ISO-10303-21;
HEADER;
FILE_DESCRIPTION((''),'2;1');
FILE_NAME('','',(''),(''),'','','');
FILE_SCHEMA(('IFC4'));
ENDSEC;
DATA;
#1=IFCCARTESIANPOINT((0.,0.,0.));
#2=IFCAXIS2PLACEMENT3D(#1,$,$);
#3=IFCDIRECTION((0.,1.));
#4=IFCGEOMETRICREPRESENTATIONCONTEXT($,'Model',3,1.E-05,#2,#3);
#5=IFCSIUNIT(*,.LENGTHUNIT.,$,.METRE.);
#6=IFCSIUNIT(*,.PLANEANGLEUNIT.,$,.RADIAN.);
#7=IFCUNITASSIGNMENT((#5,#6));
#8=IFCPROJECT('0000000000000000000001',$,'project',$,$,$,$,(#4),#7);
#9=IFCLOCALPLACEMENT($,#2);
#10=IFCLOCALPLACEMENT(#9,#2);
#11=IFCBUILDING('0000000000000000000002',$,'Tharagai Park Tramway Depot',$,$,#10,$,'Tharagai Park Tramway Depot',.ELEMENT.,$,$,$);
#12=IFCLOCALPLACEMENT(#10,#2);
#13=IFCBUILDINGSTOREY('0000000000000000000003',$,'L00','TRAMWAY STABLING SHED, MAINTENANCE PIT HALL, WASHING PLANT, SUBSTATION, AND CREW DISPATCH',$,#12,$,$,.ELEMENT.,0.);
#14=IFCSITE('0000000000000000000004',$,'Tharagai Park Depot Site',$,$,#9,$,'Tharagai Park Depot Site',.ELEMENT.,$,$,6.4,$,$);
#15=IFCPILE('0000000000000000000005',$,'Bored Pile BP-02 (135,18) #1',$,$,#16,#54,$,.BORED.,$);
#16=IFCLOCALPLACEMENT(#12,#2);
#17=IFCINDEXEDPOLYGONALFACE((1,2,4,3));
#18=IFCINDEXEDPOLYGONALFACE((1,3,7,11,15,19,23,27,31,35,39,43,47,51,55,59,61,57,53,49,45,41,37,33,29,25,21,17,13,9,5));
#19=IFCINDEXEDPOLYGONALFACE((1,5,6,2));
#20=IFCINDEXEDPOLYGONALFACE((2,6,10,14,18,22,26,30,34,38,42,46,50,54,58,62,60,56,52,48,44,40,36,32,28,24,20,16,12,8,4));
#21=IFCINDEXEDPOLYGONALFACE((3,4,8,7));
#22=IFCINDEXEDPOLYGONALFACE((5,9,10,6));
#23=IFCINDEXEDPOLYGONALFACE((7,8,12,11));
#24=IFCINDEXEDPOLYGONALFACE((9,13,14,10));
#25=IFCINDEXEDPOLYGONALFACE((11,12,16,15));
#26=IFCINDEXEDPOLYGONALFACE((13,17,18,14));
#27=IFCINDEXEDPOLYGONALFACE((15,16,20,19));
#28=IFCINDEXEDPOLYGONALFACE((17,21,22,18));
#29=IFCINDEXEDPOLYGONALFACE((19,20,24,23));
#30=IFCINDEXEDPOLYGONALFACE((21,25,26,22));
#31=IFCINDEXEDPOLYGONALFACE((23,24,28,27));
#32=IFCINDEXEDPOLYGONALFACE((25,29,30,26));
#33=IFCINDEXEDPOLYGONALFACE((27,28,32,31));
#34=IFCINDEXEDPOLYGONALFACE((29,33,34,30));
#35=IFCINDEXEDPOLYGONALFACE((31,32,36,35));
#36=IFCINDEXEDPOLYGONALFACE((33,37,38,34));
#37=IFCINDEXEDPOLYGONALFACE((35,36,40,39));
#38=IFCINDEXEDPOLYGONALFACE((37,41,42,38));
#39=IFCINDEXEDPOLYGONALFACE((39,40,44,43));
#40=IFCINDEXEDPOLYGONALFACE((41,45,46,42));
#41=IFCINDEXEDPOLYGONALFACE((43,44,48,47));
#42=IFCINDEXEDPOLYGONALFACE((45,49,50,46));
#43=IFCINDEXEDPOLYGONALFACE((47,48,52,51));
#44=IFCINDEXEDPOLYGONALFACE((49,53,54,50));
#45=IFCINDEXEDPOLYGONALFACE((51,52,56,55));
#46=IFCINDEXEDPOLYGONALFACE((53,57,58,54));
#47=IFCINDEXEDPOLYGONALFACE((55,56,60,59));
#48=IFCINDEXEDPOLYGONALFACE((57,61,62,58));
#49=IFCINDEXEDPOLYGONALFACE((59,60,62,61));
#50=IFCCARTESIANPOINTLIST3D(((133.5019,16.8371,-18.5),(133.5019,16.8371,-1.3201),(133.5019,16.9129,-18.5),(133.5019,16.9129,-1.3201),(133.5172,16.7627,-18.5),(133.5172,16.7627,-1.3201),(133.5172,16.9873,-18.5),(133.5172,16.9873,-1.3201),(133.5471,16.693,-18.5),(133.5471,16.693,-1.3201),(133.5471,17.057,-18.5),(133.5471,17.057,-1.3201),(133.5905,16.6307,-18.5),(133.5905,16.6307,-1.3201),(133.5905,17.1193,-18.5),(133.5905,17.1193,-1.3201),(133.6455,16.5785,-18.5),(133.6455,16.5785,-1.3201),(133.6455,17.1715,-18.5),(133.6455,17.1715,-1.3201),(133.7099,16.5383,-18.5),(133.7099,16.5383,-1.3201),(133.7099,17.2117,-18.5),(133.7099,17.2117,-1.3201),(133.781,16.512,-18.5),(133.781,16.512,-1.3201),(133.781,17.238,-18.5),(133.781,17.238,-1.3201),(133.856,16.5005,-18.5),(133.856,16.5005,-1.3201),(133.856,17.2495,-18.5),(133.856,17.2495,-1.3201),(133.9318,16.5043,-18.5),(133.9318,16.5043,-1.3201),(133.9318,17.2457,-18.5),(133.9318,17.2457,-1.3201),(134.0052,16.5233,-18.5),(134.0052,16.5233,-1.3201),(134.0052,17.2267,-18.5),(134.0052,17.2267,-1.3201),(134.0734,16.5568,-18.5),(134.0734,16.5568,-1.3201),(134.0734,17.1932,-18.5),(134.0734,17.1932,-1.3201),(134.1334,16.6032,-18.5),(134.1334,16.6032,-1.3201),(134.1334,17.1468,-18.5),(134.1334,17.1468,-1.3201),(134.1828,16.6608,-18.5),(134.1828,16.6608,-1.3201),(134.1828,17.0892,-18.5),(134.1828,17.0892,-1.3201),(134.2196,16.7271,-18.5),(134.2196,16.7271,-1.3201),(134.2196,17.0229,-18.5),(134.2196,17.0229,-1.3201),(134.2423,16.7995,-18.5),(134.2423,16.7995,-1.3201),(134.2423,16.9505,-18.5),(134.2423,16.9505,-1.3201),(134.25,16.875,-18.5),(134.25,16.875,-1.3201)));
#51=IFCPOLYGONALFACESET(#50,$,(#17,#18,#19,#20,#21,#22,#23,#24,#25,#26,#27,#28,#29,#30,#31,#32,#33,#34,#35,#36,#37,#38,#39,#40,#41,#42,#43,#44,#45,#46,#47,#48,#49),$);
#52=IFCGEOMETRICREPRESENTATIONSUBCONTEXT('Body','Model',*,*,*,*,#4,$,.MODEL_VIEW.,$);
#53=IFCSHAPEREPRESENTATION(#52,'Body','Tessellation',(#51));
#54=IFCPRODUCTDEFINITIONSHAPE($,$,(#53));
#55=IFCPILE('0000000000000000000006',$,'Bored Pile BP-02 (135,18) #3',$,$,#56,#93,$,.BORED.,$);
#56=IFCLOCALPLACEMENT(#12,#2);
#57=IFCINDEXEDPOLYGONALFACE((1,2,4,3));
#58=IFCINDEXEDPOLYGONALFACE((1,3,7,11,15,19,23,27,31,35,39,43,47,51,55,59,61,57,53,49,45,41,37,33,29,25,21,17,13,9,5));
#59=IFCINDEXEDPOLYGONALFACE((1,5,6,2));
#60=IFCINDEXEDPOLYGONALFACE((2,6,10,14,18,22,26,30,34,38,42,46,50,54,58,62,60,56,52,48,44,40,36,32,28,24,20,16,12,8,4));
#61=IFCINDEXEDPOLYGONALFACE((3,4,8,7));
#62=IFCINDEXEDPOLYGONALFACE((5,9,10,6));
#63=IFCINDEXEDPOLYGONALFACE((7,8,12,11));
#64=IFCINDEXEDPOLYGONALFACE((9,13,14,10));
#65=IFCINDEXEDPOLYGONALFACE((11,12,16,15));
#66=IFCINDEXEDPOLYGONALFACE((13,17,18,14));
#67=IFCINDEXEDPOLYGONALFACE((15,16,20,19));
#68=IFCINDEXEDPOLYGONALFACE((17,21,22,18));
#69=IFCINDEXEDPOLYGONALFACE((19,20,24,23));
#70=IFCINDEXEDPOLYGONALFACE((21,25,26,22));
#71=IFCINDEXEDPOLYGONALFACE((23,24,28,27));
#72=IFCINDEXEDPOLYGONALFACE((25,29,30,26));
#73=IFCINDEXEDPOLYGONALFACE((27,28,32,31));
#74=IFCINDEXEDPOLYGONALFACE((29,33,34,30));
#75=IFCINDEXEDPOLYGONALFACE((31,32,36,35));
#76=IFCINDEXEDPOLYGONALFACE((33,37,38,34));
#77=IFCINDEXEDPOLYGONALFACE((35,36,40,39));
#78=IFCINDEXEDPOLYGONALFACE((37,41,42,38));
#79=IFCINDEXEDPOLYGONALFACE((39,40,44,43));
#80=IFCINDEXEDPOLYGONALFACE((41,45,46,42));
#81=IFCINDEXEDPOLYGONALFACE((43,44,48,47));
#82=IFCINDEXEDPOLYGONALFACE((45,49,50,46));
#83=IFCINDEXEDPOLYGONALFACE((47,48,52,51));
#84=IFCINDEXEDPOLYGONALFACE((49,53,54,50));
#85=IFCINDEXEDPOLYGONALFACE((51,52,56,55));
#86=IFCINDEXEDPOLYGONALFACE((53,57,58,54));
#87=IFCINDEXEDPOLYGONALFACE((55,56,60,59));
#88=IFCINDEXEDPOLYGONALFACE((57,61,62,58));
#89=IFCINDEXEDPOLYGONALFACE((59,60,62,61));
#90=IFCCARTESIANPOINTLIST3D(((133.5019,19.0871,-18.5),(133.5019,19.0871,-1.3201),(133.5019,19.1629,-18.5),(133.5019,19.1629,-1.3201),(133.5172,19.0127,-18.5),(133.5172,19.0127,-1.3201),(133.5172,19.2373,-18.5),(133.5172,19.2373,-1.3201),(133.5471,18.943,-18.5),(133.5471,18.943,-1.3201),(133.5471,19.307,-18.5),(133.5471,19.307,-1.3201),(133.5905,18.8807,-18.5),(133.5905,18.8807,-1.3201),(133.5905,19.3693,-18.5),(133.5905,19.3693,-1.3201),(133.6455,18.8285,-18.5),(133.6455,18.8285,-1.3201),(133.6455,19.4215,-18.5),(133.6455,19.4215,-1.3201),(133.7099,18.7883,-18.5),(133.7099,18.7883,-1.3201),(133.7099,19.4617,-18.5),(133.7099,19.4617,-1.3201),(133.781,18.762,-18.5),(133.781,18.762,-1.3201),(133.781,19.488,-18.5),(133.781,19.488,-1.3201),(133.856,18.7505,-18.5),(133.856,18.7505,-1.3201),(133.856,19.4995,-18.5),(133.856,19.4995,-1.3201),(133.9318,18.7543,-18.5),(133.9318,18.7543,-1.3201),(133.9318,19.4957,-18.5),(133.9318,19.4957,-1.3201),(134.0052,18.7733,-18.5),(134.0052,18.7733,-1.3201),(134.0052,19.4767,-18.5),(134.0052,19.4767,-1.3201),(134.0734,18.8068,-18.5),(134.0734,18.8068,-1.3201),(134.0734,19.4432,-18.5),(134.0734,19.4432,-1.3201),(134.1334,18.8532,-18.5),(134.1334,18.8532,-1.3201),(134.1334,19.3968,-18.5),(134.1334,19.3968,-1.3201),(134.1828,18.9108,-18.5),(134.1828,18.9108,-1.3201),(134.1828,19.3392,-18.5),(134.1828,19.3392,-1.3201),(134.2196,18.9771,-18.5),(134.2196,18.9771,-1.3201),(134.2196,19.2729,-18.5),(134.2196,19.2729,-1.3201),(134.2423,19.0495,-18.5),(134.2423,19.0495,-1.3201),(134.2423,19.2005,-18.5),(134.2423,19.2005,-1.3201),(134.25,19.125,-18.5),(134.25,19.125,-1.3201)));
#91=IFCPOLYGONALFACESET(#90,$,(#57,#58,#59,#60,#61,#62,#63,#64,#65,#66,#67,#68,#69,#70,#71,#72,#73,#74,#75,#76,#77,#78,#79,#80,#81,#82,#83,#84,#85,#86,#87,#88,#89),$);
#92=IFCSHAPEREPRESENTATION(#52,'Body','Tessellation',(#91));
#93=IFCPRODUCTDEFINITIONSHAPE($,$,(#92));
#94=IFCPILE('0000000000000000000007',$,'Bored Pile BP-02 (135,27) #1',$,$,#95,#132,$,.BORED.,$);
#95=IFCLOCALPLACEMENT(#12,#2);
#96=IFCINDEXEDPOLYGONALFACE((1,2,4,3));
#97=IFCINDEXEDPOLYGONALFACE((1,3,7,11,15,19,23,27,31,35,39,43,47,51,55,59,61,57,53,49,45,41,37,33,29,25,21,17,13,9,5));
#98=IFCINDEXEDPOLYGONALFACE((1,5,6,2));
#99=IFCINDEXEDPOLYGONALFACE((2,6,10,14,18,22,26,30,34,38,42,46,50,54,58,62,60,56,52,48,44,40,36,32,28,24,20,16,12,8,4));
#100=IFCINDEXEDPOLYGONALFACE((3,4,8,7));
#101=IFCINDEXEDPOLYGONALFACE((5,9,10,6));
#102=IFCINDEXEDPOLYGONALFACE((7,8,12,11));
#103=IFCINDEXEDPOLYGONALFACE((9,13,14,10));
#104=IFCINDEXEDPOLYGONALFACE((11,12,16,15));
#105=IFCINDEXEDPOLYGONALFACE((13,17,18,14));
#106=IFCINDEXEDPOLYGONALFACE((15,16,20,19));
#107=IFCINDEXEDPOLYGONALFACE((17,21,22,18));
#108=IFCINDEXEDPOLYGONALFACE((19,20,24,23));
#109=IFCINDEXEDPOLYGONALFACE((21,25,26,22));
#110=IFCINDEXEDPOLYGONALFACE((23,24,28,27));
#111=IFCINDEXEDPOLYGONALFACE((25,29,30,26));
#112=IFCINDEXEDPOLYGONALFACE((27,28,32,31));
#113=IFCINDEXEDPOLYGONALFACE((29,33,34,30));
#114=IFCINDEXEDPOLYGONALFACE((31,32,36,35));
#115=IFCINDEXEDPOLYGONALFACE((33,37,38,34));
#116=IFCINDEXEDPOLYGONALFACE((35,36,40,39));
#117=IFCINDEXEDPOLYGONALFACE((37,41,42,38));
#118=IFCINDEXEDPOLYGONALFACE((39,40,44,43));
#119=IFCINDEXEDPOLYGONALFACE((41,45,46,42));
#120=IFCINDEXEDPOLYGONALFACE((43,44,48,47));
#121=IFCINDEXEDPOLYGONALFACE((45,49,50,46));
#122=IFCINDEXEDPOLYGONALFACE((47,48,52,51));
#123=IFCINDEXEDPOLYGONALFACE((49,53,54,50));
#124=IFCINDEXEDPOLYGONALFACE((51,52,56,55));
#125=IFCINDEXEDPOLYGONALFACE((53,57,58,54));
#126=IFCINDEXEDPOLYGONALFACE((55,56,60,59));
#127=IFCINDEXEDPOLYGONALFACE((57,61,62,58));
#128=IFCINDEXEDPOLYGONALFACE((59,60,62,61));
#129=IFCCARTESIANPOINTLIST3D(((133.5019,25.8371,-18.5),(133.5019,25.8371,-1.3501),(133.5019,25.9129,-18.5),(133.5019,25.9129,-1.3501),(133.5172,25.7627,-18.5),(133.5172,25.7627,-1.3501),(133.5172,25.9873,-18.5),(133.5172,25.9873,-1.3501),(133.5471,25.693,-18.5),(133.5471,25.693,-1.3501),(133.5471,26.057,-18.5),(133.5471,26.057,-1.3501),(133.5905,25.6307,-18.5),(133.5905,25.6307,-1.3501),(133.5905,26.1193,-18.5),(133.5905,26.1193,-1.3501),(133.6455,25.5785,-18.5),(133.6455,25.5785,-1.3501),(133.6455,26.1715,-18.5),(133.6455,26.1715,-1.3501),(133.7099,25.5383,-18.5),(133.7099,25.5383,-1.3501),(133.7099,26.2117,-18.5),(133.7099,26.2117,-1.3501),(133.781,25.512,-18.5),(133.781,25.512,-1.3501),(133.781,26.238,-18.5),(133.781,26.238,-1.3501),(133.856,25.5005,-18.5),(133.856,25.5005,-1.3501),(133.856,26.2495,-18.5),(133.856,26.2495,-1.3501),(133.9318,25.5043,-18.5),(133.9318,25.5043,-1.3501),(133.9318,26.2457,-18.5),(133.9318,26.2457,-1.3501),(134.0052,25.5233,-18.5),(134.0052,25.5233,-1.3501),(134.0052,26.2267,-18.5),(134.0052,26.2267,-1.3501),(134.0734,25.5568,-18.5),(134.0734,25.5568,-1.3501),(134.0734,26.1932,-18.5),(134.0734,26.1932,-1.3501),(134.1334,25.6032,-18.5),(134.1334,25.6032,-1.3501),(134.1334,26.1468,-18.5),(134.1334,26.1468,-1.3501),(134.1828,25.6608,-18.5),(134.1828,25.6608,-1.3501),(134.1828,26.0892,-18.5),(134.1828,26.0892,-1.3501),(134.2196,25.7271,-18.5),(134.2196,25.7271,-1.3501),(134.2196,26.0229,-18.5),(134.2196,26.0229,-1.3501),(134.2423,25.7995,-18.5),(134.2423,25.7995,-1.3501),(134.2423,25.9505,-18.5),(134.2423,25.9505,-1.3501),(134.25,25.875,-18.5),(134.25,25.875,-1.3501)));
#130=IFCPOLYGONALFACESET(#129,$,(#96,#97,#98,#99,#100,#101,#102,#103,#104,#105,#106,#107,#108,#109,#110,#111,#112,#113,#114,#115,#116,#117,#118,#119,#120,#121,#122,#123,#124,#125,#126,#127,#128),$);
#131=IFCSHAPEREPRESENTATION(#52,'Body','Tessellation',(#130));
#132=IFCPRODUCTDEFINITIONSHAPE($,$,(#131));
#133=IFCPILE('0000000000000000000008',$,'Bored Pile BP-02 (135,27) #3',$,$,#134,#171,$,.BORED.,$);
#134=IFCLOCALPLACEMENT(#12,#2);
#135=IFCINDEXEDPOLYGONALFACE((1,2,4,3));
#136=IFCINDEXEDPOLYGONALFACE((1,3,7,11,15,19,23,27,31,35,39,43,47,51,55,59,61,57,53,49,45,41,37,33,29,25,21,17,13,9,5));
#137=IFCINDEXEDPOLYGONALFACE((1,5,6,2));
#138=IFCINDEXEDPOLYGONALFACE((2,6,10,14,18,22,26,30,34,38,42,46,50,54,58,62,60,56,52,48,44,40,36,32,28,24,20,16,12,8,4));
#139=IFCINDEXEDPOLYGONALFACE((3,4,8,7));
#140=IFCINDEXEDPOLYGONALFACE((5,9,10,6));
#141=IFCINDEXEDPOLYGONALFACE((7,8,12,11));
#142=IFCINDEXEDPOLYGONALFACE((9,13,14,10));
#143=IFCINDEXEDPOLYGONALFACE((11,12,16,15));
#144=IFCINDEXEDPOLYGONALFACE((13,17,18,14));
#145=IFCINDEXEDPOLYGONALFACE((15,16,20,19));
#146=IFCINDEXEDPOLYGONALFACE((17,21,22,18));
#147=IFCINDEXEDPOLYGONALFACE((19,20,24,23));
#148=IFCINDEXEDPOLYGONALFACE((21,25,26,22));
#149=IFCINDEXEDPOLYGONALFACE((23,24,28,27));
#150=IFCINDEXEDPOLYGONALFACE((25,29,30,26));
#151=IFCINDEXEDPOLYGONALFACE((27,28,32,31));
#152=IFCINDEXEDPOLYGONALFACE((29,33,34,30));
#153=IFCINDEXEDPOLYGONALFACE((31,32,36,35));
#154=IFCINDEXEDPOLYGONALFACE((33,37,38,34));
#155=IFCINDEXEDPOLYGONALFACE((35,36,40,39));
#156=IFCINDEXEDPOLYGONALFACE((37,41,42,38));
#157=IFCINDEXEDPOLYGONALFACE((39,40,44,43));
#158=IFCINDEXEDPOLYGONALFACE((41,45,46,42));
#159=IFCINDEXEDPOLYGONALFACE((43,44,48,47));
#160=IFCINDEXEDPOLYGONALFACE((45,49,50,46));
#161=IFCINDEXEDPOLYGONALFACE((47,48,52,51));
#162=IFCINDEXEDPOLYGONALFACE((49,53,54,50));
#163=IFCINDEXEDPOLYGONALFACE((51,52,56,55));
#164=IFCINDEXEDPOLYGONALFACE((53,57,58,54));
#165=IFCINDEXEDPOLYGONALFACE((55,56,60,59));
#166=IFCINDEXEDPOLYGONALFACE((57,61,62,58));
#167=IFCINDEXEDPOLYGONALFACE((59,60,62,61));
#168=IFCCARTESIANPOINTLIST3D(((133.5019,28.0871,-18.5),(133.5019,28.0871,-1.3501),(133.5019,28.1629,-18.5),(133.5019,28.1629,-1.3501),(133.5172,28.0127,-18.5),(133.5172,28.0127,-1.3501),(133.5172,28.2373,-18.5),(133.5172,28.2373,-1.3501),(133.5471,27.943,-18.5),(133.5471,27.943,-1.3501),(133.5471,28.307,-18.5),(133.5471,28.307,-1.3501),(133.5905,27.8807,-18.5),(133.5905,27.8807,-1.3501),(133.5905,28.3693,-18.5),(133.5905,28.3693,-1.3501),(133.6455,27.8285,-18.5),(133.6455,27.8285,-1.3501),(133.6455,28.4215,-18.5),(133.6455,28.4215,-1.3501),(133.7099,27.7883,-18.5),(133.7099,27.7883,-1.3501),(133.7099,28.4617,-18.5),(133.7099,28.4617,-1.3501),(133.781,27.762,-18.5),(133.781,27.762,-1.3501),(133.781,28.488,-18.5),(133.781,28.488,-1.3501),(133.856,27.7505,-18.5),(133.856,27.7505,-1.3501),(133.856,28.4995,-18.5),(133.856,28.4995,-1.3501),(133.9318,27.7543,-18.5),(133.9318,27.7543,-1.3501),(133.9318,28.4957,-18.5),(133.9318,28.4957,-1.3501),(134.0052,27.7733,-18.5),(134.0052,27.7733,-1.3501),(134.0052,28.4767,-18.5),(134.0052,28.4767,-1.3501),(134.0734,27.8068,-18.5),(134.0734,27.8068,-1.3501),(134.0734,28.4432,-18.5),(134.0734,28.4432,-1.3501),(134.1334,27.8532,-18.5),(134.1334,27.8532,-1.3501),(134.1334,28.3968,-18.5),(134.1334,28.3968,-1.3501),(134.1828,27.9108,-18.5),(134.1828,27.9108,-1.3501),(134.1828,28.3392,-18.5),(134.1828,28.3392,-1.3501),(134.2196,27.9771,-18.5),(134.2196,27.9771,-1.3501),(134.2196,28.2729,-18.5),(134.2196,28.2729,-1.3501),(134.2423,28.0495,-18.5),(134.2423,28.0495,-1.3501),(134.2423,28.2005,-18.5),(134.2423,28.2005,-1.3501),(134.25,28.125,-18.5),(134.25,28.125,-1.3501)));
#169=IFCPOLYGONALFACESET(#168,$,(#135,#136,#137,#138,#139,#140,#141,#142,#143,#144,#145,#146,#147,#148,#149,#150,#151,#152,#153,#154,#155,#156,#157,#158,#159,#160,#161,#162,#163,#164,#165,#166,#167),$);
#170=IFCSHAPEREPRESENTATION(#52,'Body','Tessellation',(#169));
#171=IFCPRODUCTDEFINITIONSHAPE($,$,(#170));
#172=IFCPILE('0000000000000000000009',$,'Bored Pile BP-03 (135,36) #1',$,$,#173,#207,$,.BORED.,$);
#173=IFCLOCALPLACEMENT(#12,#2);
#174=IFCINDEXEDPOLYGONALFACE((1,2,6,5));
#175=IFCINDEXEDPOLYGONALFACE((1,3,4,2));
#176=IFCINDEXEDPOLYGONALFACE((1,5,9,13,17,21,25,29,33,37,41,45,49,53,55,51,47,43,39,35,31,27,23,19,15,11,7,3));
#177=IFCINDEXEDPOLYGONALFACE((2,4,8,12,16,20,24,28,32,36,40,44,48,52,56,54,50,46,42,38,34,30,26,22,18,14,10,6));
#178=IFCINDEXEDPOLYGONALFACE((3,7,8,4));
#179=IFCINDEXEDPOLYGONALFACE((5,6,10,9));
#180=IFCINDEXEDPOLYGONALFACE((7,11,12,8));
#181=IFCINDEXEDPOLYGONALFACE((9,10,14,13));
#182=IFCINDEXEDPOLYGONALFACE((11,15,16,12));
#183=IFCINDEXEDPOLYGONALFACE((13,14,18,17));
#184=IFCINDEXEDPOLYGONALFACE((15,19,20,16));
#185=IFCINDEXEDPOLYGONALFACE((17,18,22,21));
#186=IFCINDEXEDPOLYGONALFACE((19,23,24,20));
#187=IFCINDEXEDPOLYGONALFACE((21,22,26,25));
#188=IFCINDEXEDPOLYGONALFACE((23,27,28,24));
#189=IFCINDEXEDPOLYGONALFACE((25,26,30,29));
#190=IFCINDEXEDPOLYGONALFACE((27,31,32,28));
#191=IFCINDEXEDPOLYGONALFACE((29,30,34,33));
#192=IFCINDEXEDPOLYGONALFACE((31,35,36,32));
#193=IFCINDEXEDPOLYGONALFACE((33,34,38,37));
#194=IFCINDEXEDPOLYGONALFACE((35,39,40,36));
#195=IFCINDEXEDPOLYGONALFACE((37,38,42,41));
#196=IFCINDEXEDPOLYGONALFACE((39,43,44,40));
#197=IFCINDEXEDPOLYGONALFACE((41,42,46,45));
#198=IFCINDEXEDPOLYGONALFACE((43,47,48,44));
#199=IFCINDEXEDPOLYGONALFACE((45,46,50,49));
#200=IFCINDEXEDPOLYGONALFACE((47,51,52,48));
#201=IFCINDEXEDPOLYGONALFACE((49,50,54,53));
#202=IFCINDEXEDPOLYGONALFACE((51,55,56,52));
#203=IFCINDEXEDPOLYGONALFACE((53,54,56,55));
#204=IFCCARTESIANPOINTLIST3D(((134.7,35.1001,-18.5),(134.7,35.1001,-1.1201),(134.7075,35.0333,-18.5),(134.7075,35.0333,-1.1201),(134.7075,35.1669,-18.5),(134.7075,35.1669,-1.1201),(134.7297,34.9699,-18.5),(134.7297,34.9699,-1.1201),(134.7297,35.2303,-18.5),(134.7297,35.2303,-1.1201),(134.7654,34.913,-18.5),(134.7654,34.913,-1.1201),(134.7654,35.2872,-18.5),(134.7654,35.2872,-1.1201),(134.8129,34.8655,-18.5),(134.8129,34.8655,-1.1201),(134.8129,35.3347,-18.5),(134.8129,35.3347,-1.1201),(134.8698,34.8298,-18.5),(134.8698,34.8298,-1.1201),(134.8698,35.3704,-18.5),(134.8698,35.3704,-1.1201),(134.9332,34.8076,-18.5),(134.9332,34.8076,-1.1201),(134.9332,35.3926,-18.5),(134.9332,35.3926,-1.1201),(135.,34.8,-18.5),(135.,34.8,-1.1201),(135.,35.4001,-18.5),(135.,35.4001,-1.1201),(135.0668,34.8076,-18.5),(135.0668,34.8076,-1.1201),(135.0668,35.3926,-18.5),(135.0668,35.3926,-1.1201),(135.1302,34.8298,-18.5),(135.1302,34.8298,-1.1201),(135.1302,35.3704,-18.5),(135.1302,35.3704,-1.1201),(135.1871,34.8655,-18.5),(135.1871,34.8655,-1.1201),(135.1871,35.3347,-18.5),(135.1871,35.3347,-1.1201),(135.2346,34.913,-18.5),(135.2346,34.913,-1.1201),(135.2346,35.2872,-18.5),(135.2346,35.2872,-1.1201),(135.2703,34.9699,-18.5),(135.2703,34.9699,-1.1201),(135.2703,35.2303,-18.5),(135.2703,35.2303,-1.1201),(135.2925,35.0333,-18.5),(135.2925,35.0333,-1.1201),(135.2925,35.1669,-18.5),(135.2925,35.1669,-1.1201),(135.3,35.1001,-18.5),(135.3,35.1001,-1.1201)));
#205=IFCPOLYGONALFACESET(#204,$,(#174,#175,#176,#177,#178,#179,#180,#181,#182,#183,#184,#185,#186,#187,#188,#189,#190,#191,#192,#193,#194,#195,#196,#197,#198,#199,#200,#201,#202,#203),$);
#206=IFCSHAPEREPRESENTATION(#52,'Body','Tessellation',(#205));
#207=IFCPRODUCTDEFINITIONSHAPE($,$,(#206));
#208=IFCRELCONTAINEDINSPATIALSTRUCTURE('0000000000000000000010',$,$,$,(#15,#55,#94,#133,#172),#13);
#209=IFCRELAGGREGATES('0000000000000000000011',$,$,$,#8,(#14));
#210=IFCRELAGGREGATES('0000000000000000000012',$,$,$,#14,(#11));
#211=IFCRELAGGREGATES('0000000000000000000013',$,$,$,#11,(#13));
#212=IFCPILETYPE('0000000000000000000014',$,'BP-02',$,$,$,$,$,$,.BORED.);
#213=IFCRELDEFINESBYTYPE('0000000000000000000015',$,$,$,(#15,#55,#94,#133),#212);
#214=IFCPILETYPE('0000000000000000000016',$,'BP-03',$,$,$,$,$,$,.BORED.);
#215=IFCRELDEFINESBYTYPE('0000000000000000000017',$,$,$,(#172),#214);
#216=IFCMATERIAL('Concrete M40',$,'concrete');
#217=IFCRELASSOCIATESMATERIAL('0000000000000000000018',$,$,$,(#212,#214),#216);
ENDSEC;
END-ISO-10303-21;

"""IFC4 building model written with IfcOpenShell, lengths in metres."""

from ifc_helpers import new_model, si_unit, direction, frame, origin, origin_2d, place, context, subcontext, project, spatial, circle, extrude, material, material_profile, profile_set, type_object, element, save


model = new_model("IFC4")

# Units and contexts
model_context = context("Model", 3, precision=1e-05, world=origin(), true_north=direction((0.0, 1.0)))
body_context = subcontext(model_context, "Body", "Model", "MODEL_VIEW")
ifc_project = project(units=[si_unit("LENGTHUNIT", "METRE"), si_unit("PLANEANGLEUNIT", "RADIAN")], contexts=[model_context])

# Site, building, storey
site_placement = place(None, origin())
site = spatial("IfcSite", under=ifc_project, at=site_placement, Name="Tharagai Park Depot Site", LongName="Tharagai Park Depot Site", CompositionType="ELEMENT", RefElevation=6.4)
building_placement = place(site_placement, origin())
building = spatial("IfcBuilding", under=site, at=building_placement, Name="Tharagai Park Tramway Depot", LongName="Tharagai Park Tramway Depot", CompositionType="ELEMENT")
storey_placement = place(building_placement, origin())
storey = spatial("IfcBuildingStorey", under=building, at=storey_placement, Name="L00", Description="TRAMWAY STABLING SHED, MAINTENANCE PIT HALL, WASHING PLANT, SUBSTATION, AND CREW DISPATCH", CompositionType="ELEMENT", Elevation=0.0)

# Piles
ifc_material_1 = material(Name="Concrete M40", Category="concrete")
ifc_material_profile_1 = material_profile(ifc_material_1, circle(Radius=0.375, at=origin_2d()), Name="PILE D750")
ifc_profile_set_1 = profile_set([ifc_material_profile_1], Name="Concrete M40")
pile_type_1 = type_object("IfcPileType", Name="BP-02", PredefinedType="BORED", material=ifc_profile_set_1)
for number, where, z_axis, x_axis, name in (
    (1, (133.875, 16.875, -1.3201), (0.0, 0.0, -1.0), (1.0, 0.0, 0.0), "Bored Pile BP-02 (135,18) #1"),
    (2, (133.875, 19.125, -1.3201), (0.0, 0.0, -1.0), (1.0, 0.0, 0.0), "Bored Pile BP-02 (135,18) #3"),
):
    element("IfcPile", number, at=place(storey_placement, frame(where, z_axis=z_axis, x_axis=x_axis)), inside=storey, type_object=pile_type_1, Name=name, PredefinedType="BORED", context=body_context, shape_type="SweptSolid", body=[
        extrude(circle(Radius=0.375, at=origin_2d()), origin(), (0.0, 0.0, 1.0), 17.1799),
    ])
for number, where, z_axis, x_axis, name in (
    (3, (133.875, 25.875, -1.3501), (0.0, 0.0, -1.0), (1.0, 0.0, 0.0), "Bored Pile BP-02 (135,27) #1"),
    (4, (133.875, 28.125, -1.3501), (0.0, 0.0, -1.0), (1.0, 0.0, 0.0), "Bored Pile BP-02 (135,27) #3"),
):
    element("IfcPile", number, at=place(storey_placement, frame(where, z_axis=z_axis, x_axis=x_axis)), inside=storey, type_object=pile_type_1, Name=name, PredefinedType="BORED", context=body_context, shape_type="SweptSolid", body=[
        extrude(circle(Radius=0.375, at=origin_2d()), origin(), (0.0, 0.0, 1.0), 17.1499),
    ])
ifc_material_profile_2 = material_profile(ifc_material_1, circle(Radius=0.3, at=origin_2d()), Name="PILE D600")
ifc_profile_set_2 = profile_set([ifc_material_profile_2], Name="Concrete M40")
pile_type_2 = type_object("IfcPileType", Name="BP-03", PredefinedType="BORED", material=ifc_profile_set_2)
pile_1_placement = place(storey_placement, frame((135.0, 35.1001, -1.1201), z_axis=(0.0, 0.0, -1.0), x_axis=(1.0, 0.0, 0.0)))
element("IfcPile", 5, at=pile_1_placement, inside=storey, type_object=pile_type_2, Name="Bored Pile BP-03 (135,36) #1", PredefinedType="BORED", context=body_context, shape_type="SweptSolid", body=[
    extrude(circle(Radius=0.3, at=origin_2d()), origin(), (0.0, 0.0, 1.0), 17.3799),
])

save(model, "model.ifc")
